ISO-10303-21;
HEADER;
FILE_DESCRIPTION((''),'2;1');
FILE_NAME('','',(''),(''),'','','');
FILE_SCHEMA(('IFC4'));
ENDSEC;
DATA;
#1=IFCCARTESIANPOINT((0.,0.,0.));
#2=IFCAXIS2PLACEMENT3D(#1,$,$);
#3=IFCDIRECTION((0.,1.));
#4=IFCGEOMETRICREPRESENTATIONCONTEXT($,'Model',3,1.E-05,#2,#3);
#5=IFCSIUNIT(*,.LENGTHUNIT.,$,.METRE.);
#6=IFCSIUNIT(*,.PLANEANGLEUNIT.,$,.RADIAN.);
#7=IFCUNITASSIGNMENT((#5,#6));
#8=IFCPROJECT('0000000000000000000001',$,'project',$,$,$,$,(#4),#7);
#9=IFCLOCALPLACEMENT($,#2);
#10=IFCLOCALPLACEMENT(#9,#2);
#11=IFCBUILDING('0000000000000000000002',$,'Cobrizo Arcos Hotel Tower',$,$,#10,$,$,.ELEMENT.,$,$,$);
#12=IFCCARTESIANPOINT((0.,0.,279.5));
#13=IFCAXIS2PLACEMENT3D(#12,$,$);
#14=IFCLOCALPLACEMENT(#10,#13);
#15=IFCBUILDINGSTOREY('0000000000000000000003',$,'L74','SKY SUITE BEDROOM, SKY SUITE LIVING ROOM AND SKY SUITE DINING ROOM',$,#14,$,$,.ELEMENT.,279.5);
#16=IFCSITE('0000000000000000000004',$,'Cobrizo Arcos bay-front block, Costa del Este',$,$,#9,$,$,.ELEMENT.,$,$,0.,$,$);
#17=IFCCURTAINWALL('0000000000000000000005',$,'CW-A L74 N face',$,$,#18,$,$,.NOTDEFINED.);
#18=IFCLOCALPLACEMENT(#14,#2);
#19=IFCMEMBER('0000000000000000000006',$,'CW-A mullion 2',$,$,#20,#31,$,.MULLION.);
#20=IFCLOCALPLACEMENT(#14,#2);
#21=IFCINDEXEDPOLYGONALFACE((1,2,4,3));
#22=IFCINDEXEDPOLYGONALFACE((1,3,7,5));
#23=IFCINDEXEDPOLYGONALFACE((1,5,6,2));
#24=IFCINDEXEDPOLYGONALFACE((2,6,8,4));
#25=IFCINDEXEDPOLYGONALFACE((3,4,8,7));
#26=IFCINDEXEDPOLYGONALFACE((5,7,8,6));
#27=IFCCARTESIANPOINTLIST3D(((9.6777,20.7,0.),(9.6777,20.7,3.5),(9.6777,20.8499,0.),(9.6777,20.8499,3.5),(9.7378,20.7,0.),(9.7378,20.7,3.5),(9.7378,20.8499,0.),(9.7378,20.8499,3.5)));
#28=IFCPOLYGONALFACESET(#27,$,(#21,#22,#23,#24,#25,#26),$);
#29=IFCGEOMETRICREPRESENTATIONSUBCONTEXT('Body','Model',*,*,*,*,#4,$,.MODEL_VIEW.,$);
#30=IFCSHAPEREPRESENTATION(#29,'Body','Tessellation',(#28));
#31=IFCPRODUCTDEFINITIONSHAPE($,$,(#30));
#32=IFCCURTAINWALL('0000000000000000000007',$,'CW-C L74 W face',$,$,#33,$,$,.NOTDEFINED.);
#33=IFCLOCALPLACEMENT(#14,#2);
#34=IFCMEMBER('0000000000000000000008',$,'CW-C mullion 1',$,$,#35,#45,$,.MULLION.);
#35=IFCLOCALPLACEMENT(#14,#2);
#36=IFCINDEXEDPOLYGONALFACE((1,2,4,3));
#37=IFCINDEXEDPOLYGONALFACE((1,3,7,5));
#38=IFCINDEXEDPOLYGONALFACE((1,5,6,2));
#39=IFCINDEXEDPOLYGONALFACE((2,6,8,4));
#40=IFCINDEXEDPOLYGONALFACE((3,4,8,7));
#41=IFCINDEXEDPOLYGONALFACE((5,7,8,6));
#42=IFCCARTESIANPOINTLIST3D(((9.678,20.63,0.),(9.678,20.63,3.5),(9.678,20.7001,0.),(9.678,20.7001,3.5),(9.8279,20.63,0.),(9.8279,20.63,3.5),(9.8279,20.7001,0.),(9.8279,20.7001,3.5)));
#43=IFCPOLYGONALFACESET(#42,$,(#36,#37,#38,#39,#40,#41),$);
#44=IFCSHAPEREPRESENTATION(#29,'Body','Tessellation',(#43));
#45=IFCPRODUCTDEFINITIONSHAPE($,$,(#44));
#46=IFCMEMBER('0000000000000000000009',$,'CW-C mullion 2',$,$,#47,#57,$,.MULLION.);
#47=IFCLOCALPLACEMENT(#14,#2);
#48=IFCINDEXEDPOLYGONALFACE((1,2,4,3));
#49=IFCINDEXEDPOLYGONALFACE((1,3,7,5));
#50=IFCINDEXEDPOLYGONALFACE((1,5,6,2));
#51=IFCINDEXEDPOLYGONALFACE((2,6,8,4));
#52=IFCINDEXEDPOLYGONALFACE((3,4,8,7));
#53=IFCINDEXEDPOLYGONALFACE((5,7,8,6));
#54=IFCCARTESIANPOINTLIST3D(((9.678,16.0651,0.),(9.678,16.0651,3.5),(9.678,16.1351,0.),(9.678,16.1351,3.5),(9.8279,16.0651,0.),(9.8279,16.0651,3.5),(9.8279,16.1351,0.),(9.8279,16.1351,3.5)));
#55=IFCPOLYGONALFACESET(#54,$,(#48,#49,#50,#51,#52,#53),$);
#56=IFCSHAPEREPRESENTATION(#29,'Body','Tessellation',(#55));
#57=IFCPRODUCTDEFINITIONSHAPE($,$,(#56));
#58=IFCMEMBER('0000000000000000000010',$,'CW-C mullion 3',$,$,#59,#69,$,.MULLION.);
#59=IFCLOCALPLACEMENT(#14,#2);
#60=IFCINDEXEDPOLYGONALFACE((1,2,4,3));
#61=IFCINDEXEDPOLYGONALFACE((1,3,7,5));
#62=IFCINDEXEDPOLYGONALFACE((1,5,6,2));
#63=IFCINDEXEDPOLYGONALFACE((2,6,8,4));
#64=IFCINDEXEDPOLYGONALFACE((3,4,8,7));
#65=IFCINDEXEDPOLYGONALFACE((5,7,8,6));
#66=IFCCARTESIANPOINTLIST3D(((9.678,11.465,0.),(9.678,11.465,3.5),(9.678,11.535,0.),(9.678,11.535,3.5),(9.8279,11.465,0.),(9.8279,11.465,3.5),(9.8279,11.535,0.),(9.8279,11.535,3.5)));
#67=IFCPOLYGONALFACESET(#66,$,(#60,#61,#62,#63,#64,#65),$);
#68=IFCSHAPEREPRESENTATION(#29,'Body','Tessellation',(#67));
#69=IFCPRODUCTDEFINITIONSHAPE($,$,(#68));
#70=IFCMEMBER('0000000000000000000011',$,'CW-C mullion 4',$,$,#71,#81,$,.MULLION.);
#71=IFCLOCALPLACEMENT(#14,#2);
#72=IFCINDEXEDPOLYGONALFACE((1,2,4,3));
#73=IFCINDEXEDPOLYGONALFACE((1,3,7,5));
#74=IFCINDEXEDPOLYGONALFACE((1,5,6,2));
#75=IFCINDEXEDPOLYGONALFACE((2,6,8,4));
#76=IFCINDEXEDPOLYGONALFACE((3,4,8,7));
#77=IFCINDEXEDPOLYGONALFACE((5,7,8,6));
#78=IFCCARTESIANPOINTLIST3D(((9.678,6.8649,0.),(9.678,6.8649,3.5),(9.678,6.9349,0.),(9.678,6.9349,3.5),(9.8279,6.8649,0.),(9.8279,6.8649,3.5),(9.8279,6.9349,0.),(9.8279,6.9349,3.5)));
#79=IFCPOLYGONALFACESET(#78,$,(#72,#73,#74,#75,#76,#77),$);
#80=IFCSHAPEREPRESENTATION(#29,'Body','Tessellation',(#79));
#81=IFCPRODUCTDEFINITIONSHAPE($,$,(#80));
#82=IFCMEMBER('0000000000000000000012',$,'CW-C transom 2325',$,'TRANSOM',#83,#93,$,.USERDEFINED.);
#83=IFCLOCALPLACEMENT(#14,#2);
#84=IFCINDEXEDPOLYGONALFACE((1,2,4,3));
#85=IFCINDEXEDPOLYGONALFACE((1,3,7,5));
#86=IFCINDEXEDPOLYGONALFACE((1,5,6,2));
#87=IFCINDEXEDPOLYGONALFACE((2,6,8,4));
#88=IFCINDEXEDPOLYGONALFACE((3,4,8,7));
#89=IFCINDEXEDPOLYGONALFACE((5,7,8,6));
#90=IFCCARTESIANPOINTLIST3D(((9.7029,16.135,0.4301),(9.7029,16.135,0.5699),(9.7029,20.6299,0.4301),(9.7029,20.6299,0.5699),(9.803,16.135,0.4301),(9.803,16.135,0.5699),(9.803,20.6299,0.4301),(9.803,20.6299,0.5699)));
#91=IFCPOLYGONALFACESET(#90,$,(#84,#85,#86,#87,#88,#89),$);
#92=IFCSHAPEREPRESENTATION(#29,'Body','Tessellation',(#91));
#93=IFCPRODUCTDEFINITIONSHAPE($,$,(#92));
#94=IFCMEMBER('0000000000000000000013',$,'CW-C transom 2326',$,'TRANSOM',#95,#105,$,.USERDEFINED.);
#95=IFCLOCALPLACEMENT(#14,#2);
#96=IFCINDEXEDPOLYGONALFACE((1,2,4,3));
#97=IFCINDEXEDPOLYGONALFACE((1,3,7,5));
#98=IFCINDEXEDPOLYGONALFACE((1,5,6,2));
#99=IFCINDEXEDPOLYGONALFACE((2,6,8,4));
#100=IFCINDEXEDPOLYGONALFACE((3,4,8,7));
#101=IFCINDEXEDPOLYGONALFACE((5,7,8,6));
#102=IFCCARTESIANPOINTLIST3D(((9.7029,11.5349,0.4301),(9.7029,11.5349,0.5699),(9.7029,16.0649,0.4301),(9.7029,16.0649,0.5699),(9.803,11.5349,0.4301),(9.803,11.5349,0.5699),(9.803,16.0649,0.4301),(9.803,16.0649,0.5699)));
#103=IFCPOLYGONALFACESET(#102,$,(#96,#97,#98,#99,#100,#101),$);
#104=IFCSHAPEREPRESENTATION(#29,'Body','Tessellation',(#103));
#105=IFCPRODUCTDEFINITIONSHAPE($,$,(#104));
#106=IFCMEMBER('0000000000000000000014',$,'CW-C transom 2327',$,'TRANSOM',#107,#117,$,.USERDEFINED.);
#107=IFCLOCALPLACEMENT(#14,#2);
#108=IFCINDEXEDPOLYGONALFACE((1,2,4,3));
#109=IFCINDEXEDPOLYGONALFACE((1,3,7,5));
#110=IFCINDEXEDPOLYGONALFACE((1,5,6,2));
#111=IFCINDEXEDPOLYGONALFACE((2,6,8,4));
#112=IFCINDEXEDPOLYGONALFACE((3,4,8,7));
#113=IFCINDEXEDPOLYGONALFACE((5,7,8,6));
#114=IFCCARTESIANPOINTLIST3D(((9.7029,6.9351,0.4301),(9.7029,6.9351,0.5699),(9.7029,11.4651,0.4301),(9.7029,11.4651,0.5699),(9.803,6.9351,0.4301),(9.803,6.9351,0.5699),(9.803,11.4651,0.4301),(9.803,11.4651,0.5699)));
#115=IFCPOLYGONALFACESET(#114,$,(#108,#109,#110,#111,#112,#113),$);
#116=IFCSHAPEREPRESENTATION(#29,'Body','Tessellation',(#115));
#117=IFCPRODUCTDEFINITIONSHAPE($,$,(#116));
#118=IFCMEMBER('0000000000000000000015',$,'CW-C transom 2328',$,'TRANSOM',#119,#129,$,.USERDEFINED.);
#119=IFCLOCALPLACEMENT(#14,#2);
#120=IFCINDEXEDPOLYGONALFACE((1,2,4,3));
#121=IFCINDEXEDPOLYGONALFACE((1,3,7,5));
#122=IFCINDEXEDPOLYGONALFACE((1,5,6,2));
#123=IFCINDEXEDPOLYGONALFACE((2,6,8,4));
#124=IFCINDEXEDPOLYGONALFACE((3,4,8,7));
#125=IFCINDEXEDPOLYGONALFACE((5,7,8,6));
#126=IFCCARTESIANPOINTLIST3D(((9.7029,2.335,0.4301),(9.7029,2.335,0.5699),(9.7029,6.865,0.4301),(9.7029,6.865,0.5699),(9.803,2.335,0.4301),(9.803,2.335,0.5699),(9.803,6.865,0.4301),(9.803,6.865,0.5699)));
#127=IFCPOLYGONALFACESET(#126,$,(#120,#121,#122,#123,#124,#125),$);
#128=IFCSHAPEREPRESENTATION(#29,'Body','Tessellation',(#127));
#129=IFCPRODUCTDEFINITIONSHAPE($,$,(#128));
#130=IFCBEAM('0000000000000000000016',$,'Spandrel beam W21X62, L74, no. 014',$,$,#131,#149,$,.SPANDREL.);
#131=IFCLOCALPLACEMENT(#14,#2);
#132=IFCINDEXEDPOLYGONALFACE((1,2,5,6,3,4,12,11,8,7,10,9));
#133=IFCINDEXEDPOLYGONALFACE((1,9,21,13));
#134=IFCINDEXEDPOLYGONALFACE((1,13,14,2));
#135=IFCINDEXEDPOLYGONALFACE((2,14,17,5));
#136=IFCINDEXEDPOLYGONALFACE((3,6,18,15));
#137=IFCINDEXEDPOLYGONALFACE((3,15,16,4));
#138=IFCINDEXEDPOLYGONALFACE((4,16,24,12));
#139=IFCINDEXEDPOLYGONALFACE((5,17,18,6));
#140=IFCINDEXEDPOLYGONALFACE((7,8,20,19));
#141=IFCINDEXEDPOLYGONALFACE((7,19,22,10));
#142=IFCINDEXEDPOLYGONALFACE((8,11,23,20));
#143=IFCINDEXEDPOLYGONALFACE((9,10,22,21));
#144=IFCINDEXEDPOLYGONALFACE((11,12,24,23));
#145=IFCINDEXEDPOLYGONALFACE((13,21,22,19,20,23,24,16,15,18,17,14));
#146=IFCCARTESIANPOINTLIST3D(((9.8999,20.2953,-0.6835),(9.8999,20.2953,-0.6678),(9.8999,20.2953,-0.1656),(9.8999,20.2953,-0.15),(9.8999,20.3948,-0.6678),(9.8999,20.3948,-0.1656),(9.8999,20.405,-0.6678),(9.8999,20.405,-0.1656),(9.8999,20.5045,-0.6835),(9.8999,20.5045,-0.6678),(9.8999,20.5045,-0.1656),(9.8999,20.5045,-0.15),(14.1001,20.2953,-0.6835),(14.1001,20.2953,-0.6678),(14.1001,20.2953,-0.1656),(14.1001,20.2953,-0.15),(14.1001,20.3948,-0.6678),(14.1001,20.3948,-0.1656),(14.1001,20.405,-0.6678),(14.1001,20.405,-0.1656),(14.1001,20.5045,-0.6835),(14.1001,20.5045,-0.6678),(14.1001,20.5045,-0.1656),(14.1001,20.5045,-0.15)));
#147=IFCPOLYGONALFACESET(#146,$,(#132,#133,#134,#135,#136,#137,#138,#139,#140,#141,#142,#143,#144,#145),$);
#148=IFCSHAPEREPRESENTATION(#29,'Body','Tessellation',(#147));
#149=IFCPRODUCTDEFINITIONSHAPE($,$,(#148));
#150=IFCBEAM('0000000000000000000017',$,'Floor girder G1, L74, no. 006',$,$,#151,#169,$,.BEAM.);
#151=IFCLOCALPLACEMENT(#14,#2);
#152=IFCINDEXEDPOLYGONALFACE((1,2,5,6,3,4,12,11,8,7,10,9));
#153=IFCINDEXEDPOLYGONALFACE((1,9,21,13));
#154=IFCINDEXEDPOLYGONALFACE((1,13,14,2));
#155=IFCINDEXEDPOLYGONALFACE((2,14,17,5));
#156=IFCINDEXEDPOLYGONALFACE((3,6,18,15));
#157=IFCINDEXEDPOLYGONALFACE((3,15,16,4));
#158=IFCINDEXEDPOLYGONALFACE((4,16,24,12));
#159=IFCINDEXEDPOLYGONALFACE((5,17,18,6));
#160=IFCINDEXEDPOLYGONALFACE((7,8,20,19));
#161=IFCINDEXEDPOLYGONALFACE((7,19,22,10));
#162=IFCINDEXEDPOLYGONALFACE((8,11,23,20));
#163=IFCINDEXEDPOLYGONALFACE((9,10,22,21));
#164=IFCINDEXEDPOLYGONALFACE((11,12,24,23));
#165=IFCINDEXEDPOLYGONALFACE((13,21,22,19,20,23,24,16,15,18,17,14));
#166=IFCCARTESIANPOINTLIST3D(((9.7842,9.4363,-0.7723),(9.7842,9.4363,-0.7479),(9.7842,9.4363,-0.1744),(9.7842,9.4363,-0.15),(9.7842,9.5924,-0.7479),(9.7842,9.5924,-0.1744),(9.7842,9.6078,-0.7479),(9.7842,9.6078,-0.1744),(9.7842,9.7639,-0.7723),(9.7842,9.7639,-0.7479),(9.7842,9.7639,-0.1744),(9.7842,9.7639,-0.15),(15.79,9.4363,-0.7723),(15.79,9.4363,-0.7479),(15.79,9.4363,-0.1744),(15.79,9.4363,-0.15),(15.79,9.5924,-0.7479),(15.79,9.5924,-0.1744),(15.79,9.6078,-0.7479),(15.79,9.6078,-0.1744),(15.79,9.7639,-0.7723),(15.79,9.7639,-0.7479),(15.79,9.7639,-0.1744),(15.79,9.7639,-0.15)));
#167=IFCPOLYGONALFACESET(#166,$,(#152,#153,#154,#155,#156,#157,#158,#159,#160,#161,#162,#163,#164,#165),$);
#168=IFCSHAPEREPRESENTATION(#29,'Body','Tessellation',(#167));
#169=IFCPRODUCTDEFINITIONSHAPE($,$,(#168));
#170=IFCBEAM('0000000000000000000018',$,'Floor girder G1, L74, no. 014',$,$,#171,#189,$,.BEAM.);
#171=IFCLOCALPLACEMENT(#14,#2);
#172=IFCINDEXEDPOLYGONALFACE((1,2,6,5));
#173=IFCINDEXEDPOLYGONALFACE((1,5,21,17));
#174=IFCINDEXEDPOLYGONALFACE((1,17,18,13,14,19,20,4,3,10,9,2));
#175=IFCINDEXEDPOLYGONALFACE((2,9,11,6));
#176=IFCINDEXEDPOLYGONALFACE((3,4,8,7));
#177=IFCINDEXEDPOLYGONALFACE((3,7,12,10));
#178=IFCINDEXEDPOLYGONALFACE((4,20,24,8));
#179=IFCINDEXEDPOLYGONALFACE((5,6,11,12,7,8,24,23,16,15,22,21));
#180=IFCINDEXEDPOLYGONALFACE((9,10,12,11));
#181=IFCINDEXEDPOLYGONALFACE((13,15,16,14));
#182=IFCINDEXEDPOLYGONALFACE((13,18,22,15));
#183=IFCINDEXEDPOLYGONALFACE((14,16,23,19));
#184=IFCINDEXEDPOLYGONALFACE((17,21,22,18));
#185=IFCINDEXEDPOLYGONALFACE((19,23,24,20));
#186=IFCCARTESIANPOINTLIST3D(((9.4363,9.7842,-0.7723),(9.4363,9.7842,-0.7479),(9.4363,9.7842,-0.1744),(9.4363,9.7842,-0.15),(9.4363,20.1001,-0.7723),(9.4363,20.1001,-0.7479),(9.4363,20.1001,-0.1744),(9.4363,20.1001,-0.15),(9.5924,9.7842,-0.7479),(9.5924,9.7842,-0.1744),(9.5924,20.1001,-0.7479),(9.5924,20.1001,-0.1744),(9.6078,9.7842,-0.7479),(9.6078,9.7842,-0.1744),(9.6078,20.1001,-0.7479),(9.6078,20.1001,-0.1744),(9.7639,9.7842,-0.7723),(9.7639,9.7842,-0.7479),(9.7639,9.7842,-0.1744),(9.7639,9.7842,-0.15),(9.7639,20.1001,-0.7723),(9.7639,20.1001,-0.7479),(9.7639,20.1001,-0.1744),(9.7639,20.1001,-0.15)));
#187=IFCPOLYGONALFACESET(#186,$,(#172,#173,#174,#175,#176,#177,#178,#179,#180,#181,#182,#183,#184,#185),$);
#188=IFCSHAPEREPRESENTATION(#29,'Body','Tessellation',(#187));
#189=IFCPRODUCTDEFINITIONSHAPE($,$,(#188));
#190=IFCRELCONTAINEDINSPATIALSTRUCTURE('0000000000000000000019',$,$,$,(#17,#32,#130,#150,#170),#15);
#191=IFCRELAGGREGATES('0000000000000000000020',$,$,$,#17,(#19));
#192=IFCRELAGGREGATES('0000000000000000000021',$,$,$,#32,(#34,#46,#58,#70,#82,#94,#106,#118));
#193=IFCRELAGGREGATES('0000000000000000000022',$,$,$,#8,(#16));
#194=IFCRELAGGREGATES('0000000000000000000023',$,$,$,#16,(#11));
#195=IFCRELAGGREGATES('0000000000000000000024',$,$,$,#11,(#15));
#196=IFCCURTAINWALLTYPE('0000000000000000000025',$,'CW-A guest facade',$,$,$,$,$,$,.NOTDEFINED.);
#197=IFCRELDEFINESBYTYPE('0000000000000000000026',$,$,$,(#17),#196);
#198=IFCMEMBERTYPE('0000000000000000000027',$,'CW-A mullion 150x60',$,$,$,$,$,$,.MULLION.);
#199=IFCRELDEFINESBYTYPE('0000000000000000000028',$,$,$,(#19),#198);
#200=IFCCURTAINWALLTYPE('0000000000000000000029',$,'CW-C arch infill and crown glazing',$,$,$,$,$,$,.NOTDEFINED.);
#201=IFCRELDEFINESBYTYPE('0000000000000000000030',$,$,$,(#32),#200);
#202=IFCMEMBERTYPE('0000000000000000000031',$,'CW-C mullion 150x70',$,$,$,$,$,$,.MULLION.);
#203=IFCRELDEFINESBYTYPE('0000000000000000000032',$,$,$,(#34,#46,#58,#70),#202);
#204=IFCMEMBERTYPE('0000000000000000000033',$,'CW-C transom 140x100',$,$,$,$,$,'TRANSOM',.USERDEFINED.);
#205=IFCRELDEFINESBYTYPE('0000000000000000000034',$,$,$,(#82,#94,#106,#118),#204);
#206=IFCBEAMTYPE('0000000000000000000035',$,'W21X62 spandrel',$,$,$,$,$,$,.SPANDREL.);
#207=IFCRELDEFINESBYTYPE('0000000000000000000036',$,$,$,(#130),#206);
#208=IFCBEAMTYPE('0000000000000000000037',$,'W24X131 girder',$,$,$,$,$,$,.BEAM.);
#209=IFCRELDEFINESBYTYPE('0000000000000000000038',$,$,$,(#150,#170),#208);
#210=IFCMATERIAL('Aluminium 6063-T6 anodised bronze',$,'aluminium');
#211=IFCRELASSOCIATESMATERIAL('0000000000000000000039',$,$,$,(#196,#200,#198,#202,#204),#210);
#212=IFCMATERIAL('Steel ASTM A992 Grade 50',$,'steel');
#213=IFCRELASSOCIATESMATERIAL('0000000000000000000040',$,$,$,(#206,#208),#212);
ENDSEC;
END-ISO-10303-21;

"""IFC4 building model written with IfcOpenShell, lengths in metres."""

from ifc_helpers import new_model, si_unit, direction, frame, origin, origin_2d, place, context, subcontext, project, spatial, rectangle, i_section, extrude, material, material_profile, profile_set, type_object, element, aggregate, save


model = new_model("IFC4")

# Units and contexts
model_context = context("Model", 3, precision=1e-05, world=origin(), true_north=direction((0.0, 1.0)))
body_context = subcontext(model_context, "Body", "Model", "MODEL_VIEW")
ifc_project = project(units=[si_unit("LENGTHUNIT", "METRE"), si_unit("PLANEANGLEUNIT", "RADIAN")], contexts=[model_context])

# Site, building, storey
site_placement = place(None, origin())
site = spatial("IfcSite", under=ifc_project, at=site_placement, Name="Cobrizo Arcos bay-front block, Costa del Este", CompositionType="ELEMENT", RefElevation=0.0)
building_placement = place(site_placement, origin())
building = spatial("IfcBuilding", under=site, at=building_placement, Name="Cobrizo Arcos Hotel Tower", CompositionType="ELEMENT")
storey_placement = place(building_placement, frame((0.0, 0.0, 279.5)))
storey = spatial("IfcBuildingStorey", under=building, at=storey_placement, Name="L74", Description="SKY SUITE BEDROOM, SKY SUITE LIVING ROOM AND SKY SUITE DINING ROOM", CompositionType="ELEMENT", Elevation=279.5)

# Curtain wall, member
ifc_material_1 = material(Name="Aluminium 6063-T6 anodised bronze", Category="aluminium")
curtain_wall_type_1 = type_object("IfcCurtainWallType", Name="CW-A guest facade", PredefinedType="NOTDEFINED", material=ifc_material_1)
curtain_wall_1_placement = place(storey_placement, origin())
curtain_wall_1 = element("IfcCurtainWall", 1, at=curtain_wall_1_placement, inside=storey, type_object=curtain_wall_type_1, Name="CW-A L74 N face", PredefinedType="NOTDEFINED")
ifc_material_profile_1 = material_profile(ifc_material_1, rectangle(XDim=0.1499, YDim=0.0601, at=origin_2d()), Name="CW-A mullion 150x60")
ifc_profile_set_1 = profile_set([ifc_material_profile_1], Name="Aluminium 6063-T6 anodised bronze")
member_type_1 = type_object("IfcMemberType", Name="CW-A mullion 150x60", PredefinedType="MULLION", material=ifc_profile_set_1)
member_1_placement = place(storey_placement, frame((9.7078, 20.7749, 0.0), z_axis=(0.0, 0.0, 1.0), x_axis=(0.0, 1.0, 0.0)))
member_1 = element("IfcMember", 2, at=member_1_placement, type_object=member_type_1, Name="CW-A mullion 2", PredefinedType="MULLION", context=body_context, shape_type="SweptSolid", body=[
    extrude(rectangle(XDim=0.1499, YDim=0.0601, at=origin_2d()), origin(), (0.0, 0.0, 1.0), 3.5),
])

# Curtain wall, members
curtain_wall_type_2 = type_object("IfcCurtainWallType", Name="CW-C arch infill and crown glazing", PredefinedType="NOTDEFINED", material=ifc_material_1)
curtain_wall_2_placement = place(storey_placement, origin())
curtain_wall_2 = element("IfcCurtainWall", 3, at=curtain_wall_2_placement, inside=storey, type_object=curtain_wall_type_2, Name="CW-C L74 W face", PredefinedType="NOTDEFINED")
ifc_material_profile_2 = material_profile(ifc_material_1, rectangle(XDim=0.1499, YDim=0.0701, at=origin_2d()), Name="CW-C mullion 150x70")
ifc_profile_set_2 = profile_set([ifc_material_profile_2], Name="Aluminium 6063-T6 anodised bronze")
member_type_2 = type_object("IfcMemberType", Name="CW-C mullion 150x70", PredefinedType="MULLION", material=ifc_profile_set_2)
member_2_placement = place(storey_placement, frame((9.7529, 20.665, 0.0), z_axis=(0.0, 0.0, 1.0), x_axis=(-1.0, 0.0, 0.0)))
member_2 = element("IfcMember", 4, at=member_2_placement, type_object=member_type_2, Name="CW-C mullion 1", PredefinedType="MULLION", context=body_context, shape_type="SweptSolid", body=[
    extrude(rectangle(XDim=0.1499, YDim=0.0701, at=origin_2d()), origin(), (0.0, 0.0, 1.0), 3.5),
])
member_3_placement = place(storey_placement, frame((9.7529, 16.1001, 0.0), z_axis=(0.0, 0.0, 1.0), x_axis=(-1.0, 0.0, 0.0)))
member_3 = element("IfcMember", 5, at=member_3_placement, type_object=member_type_2, Name="CW-C mullion 2", PredefinedType="MULLION", context=body_context, shape_type="SweptSolid", body=[
    extrude(rectangle(XDim=0.1499, YDim=0.0701, at=origin_2d()), origin(), (0.0, 0.0, 1.0), 3.5),
])
member_4_placement = place(storey_placement, frame((9.7529, 11.5, 0.0), z_axis=(0.0, 0.0, 1.0), x_axis=(-1.0, 0.0, 0.0)))
member_4 = element("IfcMember", 6, at=member_4_placement, type_object=member_type_2, Name="CW-C mullion 3", PredefinedType="MULLION", context=body_context, shape_type="SweptSolid", body=[
    extrude(rectangle(XDim=0.1499, YDim=0.0701, at=origin_2d()), origin(), (0.0, 0.0, 1.0), 3.5),
])
member_5_placement = place(storey_placement, frame((9.7529, 6.8999, 0.0), z_axis=(0.0, 0.0, 1.0), x_axis=(-1.0, 0.0, 0.0)))
member_5 = element("IfcMember", 7, at=member_5_placement, type_object=member_type_2, Name="CW-C mullion 4", PredefinedType="MULLION", context=body_context, shape_type="SweptSolid", body=[
    extrude(rectangle(XDim=0.1499, YDim=0.0701, at=origin_2d()), origin(), (0.0, 0.0, 1.0), 3.5),
])
ifc_material_profile_3 = material_profile(ifc_material_1, rectangle(XDim=0.1001, YDim=0.1399, at=origin_2d()), Name="CW-C transom 140x100")
ifc_profile_set_3 = profile_set([ifc_material_profile_3], Name="Aluminium 6063-T6 anodised bronze")
member_type_3 = type_object("IfcMemberType", Name="CW-C transom 140x100", ElementType="TRANSOM", PredefinedType="USERDEFINED", material=ifc_profile_set_3)
member_6_placement = place(storey_placement, frame((9.7529, 20.6299, 0.5), z_axis=(0.0, -1.0, 0.0), x_axis=(1.0, 0.0, 0.0)))
member_6 = element("IfcMember", 8, at=member_6_placement, type_object=member_type_3, Name="CW-C transom 2325", ObjectType="TRANSOM", PredefinedType="USERDEFINED", context=body_context, shape_type="SweptSolid", body=[
    extrude(rectangle(XDim=0.1001, YDim=0.1399, at=origin_2d()), origin(), (0.0, 0.0, 1.0), 4.4949),
])
member_7_placement = place(storey_placement, frame((9.7529, 16.0649, 0.5), z_axis=(0.0, -1.0, 0.0), x_axis=(1.0, 0.0, 0.0)))
member_7 = element("IfcMember", 9, at=member_7_placement, type_object=member_type_3, Name="CW-C transom 2326", ObjectType="TRANSOM", PredefinedType="USERDEFINED", context=body_context, shape_type="SweptSolid", body=[
    extrude(rectangle(XDim=0.1001, YDim=0.1399, at=origin_2d()), origin(), (0.0, 0.0, 1.0), 4.53),
])
member_8_placement = place(storey_placement, frame((9.7529, 11.4651, 0.5), z_axis=(0.0, -1.0, 0.0), x_axis=(1.0, 0.0, 0.0)))
member_8 = element("IfcMember", 10, at=member_8_placement, type_object=member_type_3, Name="CW-C transom 2327", ObjectType="TRANSOM", PredefinedType="USERDEFINED", context=body_context, shape_type="SweptSolid", body=[
    extrude(rectangle(XDim=0.1001, YDim=0.1399, at=origin_2d()), origin(), (0.0, 0.0, 1.0), 4.53),
])
member_9_placement = place(storey_placement, frame((9.7529, 6.865, 0.5), z_axis=(0.0, -1.0, 0.0), x_axis=(1.0, 0.0, 0.0)))
member_9 = element("IfcMember", 11, at=member_9_placement, type_object=member_type_3, Name="CW-C transom 2328", ObjectType="TRANSOM", PredefinedType="USERDEFINED", context=body_context, shape_type="SweptSolid", body=[
    extrude(rectangle(XDim=0.1001, YDim=0.1399, at=origin_2d()), origin(), (0.0, 0.0, 1.0), 4.53),
])

# Beams
ifc_material_2 = material(Name="Steel ASTM A992 Grade 50", Category="steel")
ifc_material_profile_4 = material_profile(ifc_material_2, i_section(OverallWidth=0.2092, OverallDepth=0.5334, WebThickness=0.0103, FlangeThickness=0.0156, at=origin_2d()), Name="W21X62")
ifc_profile_set_4 = profile_set([ifc_material_profile_4], Name="Steel ASTM A992 Grade 50")
beam_type_1 = type_object("IfcBeamType", Name="W21X62 spandrel", PredefinedType="SPANDREL", material=ifc_profile_set_4)
beam_1_placement = place(storey_placement, frame((9.8999, 20.3999, -0.4167), z_axis=(1.0, 0.0, 0.0), x_axis=(0.0, 1.0, 0.0)))
element("IfcBeam", 12, at=beam_1_placement, inside=storey, type_object=beam_type_1, Name="Spandrel beam W21X62, L74, no. 014", PredefinedType="SPANDREL", context=body_context, shape_type="SweptSolid", body=[
    extrude(i_section(OverallWidth=0.2092, OverallDepth=0.5334, WebThickness=0.0103, FlangeThickness=0.0156, at=origin_2d()), origin(), (0.0, 0.0, 1.0), 4.2002),
])
ifc_material_profile_5 = material_profile(ifc_material_2, i_section(OverallWidth=0.3276, OverallDepth=0.6223, WebThickness=0.0154, FlangeThickness=0.0244, at=origin_2d()), Name="W24X131")
ifc_profile_set_5 = profile_set([ifc_material_profile_5], Name="Steel ASTM A992 Grade 50")
beam_type_2 = type_object("IfcBeamType", Name="W24X131 girder", PredefinedType="BEAM", material=ifc_profile_set_5)
beam_2_placement = place(storey_placement, frame((9.7842, 9.6001, -0.4612), z_axis=(1.0, 0.0, 0.0), x_axis=(0.0, 1.0, 0.0)))
element("IfcBeam", 13, at=beam_2_placement, inside=storey, type_object=beam_type_2, Name="Floor girder G1, L74, no. 006", PredefinedType="BEAM", context=body_context, shape_type="SweptSolid", body=[
    extrude(i_section(OverallWidth=0.3276, OverallDepth=0.6223, WebThickness=0.0154, FlangeThickness=0.0244, at=origin_2d()), origin(), (0.0, 0.0, 1.0), 6.0059),
])
beam_3_placement = place(storey_placement, frame((9.6001, 9.7842, -0.4612), z_axis=(0.0, 1.0, 0.0), x_axis=(-1.0, 0.0, 0.0)))
element("IfcBeam", 14, at=beam_3_placement, inside=storey, type_object=beam_type_2, Name="Floor girder G1, L74, no. 014", PredefinedType="BEAM", context=body_context, shape_type="SweptSolid", body=[
    extrude(i_section(OverallWidth=0.3276, OverallDepth=0.6223, WebThickness=0.0154, FlangeThickness=0.0244, at=origin_2d()), origin(), (0.0, 0.0, 1.0), 10.3159),
])

aggregate(curtain_wall_1, [member_1])
aggregate(curtain_wall_2, [member_2, member_3, member_4, member_5, member_6, member_7, member_8, member_9])

save(model, "model.ifc")
